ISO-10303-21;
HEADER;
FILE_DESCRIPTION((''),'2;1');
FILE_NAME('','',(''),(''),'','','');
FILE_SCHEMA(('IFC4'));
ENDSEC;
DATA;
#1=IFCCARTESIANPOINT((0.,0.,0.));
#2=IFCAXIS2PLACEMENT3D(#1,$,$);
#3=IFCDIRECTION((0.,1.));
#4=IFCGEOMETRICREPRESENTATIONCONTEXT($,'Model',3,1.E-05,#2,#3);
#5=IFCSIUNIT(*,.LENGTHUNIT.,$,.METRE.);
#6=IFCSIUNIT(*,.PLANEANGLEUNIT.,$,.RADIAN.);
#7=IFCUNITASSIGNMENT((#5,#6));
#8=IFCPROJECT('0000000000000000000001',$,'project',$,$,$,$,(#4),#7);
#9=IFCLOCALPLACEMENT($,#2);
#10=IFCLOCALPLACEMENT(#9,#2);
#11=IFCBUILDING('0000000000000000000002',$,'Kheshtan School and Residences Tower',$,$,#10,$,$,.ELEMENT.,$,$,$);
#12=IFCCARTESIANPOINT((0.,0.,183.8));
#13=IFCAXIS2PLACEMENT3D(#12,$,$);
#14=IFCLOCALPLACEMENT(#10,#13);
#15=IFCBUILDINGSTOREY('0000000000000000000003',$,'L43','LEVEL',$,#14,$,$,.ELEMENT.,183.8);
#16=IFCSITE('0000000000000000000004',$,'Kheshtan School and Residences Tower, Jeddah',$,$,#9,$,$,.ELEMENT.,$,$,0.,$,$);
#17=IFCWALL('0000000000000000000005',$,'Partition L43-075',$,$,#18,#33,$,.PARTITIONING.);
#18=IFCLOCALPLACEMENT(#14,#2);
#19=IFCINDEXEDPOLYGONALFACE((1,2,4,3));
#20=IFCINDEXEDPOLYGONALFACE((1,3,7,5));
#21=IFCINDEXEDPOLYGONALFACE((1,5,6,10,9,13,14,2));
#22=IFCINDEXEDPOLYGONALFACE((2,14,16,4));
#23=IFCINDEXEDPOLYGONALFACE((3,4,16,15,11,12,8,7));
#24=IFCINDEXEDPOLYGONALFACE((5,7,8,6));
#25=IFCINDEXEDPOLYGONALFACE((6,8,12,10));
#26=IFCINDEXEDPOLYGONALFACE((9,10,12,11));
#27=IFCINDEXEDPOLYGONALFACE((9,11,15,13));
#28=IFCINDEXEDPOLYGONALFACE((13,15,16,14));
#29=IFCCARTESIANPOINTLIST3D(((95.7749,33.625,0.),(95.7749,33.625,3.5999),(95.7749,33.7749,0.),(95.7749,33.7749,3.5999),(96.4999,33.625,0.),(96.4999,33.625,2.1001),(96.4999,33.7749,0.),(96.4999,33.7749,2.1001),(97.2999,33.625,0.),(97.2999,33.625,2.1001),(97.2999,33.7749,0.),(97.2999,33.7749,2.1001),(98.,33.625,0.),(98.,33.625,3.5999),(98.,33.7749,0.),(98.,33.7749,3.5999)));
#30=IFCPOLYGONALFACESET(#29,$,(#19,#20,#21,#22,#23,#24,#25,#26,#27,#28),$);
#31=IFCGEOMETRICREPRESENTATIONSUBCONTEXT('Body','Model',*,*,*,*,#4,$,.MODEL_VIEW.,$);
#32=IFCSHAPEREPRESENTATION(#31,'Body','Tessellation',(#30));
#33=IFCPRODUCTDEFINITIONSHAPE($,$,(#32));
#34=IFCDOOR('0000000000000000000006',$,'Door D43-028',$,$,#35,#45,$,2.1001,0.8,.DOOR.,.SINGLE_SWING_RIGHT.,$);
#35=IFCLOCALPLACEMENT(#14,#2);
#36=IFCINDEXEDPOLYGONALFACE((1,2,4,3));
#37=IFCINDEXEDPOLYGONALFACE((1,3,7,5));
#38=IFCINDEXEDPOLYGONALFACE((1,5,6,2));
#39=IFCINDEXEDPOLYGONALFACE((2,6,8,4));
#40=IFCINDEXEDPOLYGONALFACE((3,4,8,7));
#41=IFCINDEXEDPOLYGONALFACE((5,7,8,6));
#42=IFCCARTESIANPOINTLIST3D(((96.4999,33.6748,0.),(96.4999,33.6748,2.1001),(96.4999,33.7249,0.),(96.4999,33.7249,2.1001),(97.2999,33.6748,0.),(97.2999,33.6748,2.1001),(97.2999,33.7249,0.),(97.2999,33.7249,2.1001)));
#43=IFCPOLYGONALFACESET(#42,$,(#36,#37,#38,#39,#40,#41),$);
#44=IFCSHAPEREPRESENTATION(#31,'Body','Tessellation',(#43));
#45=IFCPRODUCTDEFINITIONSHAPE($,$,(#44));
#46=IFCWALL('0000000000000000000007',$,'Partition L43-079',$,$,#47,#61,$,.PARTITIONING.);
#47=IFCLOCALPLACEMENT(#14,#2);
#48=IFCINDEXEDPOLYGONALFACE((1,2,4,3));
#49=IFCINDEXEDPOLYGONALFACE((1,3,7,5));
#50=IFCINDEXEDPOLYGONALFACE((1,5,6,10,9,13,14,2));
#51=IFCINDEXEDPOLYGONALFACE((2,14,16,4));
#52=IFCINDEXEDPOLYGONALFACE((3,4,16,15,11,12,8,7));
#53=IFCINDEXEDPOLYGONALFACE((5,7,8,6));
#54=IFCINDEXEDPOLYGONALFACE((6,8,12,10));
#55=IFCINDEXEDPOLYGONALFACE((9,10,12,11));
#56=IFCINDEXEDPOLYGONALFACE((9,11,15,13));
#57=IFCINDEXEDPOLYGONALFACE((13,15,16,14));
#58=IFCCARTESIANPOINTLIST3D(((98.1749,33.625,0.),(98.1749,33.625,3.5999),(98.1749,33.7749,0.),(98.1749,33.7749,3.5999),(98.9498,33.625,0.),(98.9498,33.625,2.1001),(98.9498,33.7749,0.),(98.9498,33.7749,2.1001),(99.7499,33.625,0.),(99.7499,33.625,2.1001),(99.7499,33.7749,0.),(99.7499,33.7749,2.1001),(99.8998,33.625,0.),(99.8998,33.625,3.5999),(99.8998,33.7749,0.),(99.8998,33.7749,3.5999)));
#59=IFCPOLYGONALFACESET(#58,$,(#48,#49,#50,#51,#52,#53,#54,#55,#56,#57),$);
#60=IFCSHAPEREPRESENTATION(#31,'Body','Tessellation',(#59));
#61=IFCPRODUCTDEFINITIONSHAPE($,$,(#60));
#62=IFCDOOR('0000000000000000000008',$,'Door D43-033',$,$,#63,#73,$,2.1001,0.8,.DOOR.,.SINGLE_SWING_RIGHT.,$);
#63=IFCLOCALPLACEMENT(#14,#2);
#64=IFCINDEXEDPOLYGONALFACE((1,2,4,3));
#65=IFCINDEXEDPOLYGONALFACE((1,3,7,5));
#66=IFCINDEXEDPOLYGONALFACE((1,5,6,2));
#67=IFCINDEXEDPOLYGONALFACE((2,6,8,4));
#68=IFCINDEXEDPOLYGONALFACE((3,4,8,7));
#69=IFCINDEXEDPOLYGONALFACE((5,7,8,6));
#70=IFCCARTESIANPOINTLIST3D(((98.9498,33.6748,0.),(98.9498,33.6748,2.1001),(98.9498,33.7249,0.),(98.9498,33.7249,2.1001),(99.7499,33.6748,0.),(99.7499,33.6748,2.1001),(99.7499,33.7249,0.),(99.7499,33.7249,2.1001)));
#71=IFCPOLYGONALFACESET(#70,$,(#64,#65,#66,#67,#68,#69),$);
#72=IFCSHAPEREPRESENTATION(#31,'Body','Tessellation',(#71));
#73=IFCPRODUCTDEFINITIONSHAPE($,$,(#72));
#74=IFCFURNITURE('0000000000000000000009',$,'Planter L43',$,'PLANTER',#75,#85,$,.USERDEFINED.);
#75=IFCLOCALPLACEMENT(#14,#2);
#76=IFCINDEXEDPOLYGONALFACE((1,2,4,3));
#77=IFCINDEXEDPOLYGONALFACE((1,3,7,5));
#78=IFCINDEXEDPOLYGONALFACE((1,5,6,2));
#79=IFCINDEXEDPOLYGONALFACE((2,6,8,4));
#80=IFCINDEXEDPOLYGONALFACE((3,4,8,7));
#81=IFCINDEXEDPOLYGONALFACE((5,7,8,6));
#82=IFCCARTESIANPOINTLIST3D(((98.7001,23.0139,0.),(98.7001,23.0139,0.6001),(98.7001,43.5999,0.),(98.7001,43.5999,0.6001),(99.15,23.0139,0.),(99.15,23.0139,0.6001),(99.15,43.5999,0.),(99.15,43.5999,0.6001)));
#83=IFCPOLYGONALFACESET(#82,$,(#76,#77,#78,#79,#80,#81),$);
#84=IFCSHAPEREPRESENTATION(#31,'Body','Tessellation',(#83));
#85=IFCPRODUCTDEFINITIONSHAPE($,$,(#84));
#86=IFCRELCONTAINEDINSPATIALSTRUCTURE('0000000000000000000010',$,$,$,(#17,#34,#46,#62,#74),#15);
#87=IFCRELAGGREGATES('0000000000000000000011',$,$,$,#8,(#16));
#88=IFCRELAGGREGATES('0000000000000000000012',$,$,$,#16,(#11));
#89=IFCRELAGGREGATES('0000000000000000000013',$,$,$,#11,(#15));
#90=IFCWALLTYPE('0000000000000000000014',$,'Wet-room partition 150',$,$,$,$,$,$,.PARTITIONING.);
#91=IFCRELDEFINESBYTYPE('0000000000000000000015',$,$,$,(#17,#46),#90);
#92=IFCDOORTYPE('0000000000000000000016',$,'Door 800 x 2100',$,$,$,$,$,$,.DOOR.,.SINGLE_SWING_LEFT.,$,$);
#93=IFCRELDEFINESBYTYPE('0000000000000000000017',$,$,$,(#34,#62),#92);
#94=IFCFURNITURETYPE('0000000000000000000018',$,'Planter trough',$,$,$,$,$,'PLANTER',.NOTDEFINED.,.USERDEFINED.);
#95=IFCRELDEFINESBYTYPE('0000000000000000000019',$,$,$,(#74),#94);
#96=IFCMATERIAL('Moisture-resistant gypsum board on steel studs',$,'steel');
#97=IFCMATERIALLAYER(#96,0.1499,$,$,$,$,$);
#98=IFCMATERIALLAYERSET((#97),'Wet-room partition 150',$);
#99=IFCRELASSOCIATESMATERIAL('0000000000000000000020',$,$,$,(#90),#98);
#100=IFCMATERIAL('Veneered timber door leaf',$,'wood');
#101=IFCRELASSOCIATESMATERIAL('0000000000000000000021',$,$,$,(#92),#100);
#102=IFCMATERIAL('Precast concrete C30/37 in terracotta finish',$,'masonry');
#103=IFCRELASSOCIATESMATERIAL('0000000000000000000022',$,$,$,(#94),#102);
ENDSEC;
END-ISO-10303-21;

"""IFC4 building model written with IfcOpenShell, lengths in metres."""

from ifc_helpers import new_model, si_unit, direction, frame, frame_2d, origin, origin_2d, place, context, subcontext, project, spatial, rectangle, extrude, source, transform, mapped, material, layer, layer_set, type_object, element, fill, save


model = new_model("IFC4")

# Units and contexts
model_context = context("Model", 3, precision=1e-05, world=origin(), true_north=direction((0.0, 1.0)))
body_context = subcontext(model_context, "Body", "Model", "MODEL_VIEW")
ifc_project = project(units=[si_unit("LENGTHUNIT", "METRE"), si_unit("PLANEANGLEUNIT", "RADIAN")], contexts=[model_context])

# Site, building, storey
site_placement = place(None, origin())
site = spatial("IfcSite", under=ifc_project, at=site_placement, Name="Kheshtan School and Residences Tower, Jeddah", CompositionType="ELEMENT", RefElevation=0.0)
building_placement = place(site_placement, origin())
building = spatial("IfcBuilding", under=site, at=building_placement, Name="Kheshtan School and Residences Tower", CompositionType="ELEMENT")
storey_placement = place(building_placement, frame((0.0, 0.0, 183.8)))
storey = spatial("IfcBuildingStorey", under=building, at=storey_placement, Name="L43", Description="LEVEL", CompositionType="ELEMENT", Elevation=183.8)

# Shared definitions
ifc_material_1 = material(Name="Moisture-resistant gypsum board on steel studs", Category="steel")
ifc_layer_1 = layer(ifc_material_1, 0.1499)
ifc_layer_set_1 = layer_set([ifc_layer_1], Name="Wet-room partition 150")
wall_type_1 = type_object("IfcWallType", Name="Wet-room partition 150", PredefinedType="PARTITIONING", material=ifc_layer_set_1)
ifc_material_2 = material(Name="Veneered timber door leaf", Category="wood")

# Walls, openings, doors
wall_1_placement = place(storey_placement, frame((95.7749, 33.7, 0.0), z_axis=(0.0, 0.0, 1.0), x_axis=(1.0, 0.0, 0.0)))
wall_1 = element("IfcWall", 1, at=wall_1_placement, inside=storey, type_object=wall_type_1, Name="Partition L43-075", PredefinedType="PARTITIONING", context=body_context, shape_type="SweptSolid", body=[
    extrude(rectangle(XDim=2.2251, YDim=0.1499, at=frame_2d((1.1125, 0.0))), origin(), (0.0, 0.0, 1.0), 3.5999),
])
opening_1_placement = place(wall_1_placement, frame((0.7251, 0.0, 0.0)))
opening_1 = element("IfcOpeningElement", 2, at=opening_1_placement, cuts=wall_1, PredefinedType="OPENING", context=body_context, shape_type="SweptSolid", body=[
    extrude(rectangle(XDim=0.8, YDim=2.1001, at=frame_2d((0.3999, 1.05))), frame((0.0, 0.085, 0.0), z_axis=(0.0, -1.0, 0.0), x_axis=(1.0, 0.0, 0.0)), (0.0, 0.0, 1.0), 0.1699),
])
door_type_1 = type_object("IfcDoorType", Name="Door 800 x 2100", OperationType="SINGLE_SWING_LEFT", PredefinedType="DOOR", material=ifc_material_2)
shared_shape_1 = source(origin(), body_context, "Body", "SweptSolid", [
    extrude(rectangle(XDim=0.8, YDim=2.1001, at=frame_2d((0.3999, 1.05))), frame((0.0, 0.0249, 0.0), z_axis=(0.0, -1.0, 0.0), x_axis=(1.0, 0.0, 0.0)), (0.0, 0.0, 1.0), 0.05),
])
door_1_placement = place(opening_1_placement, origin())
door_1 = element("IfcDoor", 3, at=door_1_placement, inside=storey, type_object=door_type_1, Name="Door D43-028", OperationType="SINGLE_SWING_RIGHT", OverallHeight=2.1001, OverallWidth=0.8, PredefinedType="DOOR", context=body_context, shape_type="MappedRepresentation", body=[
    mapped(shared_shape_1, transform((0.0, 0.0, 0.0), x_axis=(1.0, 0.0, 0.0), y_axis=(0.0, 1.0, 0.0), z_axis=(0.0, 0.0, 1.0), scale=1.0)),
])
fill(opening_1, door_1)
wall_2_placement = place(storey_placement, frame((98.175, 33.7, 0.0), z_axis=(0.0, 0.0, 1.0), x_axis=(1.0, 0.0, 0.0)))
wall_2 = element("IfcWall", 4, at=wall_2_placement, inside=storey, type_object=wall_type_1, Name="Partition L43-079", PredefinedType="PARTITIONING", context=body_context, shape_type="SweptSolid", body=[
    extrude(rectangle(XDim=1.7249, YDim=0.1499, at=frame_2d((0.8623, 0.0))), origin(), (0.0, 0.0, 1.0), 3.5999),
])
opening_2_placement = place(wall_2_placement, frame((0.7749, 0.0, 0.0)))
opening_2 = element("IfcOpeningElement", 5, at=opening_2_placement, cuts=wall_2, PredefinedType="OPENING", context=body_context, shape_type="SweptSolid", body=[
    extrude(rectangle(XDim=0.8, YDim=2.1001, at=frame_2d((0.3999, 1.05))), frame((0.0, 0.085, 0.0), z_axis=(0.0, -1.0, 0.0), x_axis=(1.0, 0.0, 0.0)), (0.0, 0.0, 1.0), 0.1699),
])
door_2_placement = place(opening_2_placement, origin())
door_2 = element("IfcDoor", 6, at=door_2_placement, inside=storey, type_object=door_type_1, Name="Door D43-033", OperationType="SINGLE_SWING_RIGHT", OverallHeight=2.1001, OverallWidth=0.8, PredefinedType="DOOR", context=body_context, shape_type="MappedRepresentation", body=[
    mapped(shared_shape_1, transform((0.0, 0.0, 0.0), x_axis=(1.0, 0.0, 0.0), y_axis=(0.0, 1.0, 0.0), z_axis=(0.0, 0.0, 1.0), scale=1.0)),
])
fill(opening_2, door_2)

# Furniture
ifc_material_3 = material(Name="Precast concrete C30/37 in terracotta finish", Category="masonry")
furniture_type = type_object("IfcFurnitureType", Name="Planter trough", ElementType="PLANTER", AssemblyPlace="NOTDEFINED", PredefinedType="USERDEFINED", material=ifc_material_3)
furniture_placement = place(storey_placement, frame((98.925, 33.3069, 0.0), z_axis=(0.0, 0.0, 1.0), x_axis=(0.0, -1.0, 0.0)))
element("IfcFurniture", 7, at=furniture_placement, inside=storey, type_object=furniture_type, Name="Planter L43", ObjectType="PLANTER", PredefinedType="USERDEFINED", context=body_context, shape_type="SweptSolid", body=[
    extrude(rectangle(XDim=20.5859, YDim=0.45, at=origin_2d()), origin(), (0.0, 0.0, 1.0), 0.6001),
])

save(model, "model.ifc")
